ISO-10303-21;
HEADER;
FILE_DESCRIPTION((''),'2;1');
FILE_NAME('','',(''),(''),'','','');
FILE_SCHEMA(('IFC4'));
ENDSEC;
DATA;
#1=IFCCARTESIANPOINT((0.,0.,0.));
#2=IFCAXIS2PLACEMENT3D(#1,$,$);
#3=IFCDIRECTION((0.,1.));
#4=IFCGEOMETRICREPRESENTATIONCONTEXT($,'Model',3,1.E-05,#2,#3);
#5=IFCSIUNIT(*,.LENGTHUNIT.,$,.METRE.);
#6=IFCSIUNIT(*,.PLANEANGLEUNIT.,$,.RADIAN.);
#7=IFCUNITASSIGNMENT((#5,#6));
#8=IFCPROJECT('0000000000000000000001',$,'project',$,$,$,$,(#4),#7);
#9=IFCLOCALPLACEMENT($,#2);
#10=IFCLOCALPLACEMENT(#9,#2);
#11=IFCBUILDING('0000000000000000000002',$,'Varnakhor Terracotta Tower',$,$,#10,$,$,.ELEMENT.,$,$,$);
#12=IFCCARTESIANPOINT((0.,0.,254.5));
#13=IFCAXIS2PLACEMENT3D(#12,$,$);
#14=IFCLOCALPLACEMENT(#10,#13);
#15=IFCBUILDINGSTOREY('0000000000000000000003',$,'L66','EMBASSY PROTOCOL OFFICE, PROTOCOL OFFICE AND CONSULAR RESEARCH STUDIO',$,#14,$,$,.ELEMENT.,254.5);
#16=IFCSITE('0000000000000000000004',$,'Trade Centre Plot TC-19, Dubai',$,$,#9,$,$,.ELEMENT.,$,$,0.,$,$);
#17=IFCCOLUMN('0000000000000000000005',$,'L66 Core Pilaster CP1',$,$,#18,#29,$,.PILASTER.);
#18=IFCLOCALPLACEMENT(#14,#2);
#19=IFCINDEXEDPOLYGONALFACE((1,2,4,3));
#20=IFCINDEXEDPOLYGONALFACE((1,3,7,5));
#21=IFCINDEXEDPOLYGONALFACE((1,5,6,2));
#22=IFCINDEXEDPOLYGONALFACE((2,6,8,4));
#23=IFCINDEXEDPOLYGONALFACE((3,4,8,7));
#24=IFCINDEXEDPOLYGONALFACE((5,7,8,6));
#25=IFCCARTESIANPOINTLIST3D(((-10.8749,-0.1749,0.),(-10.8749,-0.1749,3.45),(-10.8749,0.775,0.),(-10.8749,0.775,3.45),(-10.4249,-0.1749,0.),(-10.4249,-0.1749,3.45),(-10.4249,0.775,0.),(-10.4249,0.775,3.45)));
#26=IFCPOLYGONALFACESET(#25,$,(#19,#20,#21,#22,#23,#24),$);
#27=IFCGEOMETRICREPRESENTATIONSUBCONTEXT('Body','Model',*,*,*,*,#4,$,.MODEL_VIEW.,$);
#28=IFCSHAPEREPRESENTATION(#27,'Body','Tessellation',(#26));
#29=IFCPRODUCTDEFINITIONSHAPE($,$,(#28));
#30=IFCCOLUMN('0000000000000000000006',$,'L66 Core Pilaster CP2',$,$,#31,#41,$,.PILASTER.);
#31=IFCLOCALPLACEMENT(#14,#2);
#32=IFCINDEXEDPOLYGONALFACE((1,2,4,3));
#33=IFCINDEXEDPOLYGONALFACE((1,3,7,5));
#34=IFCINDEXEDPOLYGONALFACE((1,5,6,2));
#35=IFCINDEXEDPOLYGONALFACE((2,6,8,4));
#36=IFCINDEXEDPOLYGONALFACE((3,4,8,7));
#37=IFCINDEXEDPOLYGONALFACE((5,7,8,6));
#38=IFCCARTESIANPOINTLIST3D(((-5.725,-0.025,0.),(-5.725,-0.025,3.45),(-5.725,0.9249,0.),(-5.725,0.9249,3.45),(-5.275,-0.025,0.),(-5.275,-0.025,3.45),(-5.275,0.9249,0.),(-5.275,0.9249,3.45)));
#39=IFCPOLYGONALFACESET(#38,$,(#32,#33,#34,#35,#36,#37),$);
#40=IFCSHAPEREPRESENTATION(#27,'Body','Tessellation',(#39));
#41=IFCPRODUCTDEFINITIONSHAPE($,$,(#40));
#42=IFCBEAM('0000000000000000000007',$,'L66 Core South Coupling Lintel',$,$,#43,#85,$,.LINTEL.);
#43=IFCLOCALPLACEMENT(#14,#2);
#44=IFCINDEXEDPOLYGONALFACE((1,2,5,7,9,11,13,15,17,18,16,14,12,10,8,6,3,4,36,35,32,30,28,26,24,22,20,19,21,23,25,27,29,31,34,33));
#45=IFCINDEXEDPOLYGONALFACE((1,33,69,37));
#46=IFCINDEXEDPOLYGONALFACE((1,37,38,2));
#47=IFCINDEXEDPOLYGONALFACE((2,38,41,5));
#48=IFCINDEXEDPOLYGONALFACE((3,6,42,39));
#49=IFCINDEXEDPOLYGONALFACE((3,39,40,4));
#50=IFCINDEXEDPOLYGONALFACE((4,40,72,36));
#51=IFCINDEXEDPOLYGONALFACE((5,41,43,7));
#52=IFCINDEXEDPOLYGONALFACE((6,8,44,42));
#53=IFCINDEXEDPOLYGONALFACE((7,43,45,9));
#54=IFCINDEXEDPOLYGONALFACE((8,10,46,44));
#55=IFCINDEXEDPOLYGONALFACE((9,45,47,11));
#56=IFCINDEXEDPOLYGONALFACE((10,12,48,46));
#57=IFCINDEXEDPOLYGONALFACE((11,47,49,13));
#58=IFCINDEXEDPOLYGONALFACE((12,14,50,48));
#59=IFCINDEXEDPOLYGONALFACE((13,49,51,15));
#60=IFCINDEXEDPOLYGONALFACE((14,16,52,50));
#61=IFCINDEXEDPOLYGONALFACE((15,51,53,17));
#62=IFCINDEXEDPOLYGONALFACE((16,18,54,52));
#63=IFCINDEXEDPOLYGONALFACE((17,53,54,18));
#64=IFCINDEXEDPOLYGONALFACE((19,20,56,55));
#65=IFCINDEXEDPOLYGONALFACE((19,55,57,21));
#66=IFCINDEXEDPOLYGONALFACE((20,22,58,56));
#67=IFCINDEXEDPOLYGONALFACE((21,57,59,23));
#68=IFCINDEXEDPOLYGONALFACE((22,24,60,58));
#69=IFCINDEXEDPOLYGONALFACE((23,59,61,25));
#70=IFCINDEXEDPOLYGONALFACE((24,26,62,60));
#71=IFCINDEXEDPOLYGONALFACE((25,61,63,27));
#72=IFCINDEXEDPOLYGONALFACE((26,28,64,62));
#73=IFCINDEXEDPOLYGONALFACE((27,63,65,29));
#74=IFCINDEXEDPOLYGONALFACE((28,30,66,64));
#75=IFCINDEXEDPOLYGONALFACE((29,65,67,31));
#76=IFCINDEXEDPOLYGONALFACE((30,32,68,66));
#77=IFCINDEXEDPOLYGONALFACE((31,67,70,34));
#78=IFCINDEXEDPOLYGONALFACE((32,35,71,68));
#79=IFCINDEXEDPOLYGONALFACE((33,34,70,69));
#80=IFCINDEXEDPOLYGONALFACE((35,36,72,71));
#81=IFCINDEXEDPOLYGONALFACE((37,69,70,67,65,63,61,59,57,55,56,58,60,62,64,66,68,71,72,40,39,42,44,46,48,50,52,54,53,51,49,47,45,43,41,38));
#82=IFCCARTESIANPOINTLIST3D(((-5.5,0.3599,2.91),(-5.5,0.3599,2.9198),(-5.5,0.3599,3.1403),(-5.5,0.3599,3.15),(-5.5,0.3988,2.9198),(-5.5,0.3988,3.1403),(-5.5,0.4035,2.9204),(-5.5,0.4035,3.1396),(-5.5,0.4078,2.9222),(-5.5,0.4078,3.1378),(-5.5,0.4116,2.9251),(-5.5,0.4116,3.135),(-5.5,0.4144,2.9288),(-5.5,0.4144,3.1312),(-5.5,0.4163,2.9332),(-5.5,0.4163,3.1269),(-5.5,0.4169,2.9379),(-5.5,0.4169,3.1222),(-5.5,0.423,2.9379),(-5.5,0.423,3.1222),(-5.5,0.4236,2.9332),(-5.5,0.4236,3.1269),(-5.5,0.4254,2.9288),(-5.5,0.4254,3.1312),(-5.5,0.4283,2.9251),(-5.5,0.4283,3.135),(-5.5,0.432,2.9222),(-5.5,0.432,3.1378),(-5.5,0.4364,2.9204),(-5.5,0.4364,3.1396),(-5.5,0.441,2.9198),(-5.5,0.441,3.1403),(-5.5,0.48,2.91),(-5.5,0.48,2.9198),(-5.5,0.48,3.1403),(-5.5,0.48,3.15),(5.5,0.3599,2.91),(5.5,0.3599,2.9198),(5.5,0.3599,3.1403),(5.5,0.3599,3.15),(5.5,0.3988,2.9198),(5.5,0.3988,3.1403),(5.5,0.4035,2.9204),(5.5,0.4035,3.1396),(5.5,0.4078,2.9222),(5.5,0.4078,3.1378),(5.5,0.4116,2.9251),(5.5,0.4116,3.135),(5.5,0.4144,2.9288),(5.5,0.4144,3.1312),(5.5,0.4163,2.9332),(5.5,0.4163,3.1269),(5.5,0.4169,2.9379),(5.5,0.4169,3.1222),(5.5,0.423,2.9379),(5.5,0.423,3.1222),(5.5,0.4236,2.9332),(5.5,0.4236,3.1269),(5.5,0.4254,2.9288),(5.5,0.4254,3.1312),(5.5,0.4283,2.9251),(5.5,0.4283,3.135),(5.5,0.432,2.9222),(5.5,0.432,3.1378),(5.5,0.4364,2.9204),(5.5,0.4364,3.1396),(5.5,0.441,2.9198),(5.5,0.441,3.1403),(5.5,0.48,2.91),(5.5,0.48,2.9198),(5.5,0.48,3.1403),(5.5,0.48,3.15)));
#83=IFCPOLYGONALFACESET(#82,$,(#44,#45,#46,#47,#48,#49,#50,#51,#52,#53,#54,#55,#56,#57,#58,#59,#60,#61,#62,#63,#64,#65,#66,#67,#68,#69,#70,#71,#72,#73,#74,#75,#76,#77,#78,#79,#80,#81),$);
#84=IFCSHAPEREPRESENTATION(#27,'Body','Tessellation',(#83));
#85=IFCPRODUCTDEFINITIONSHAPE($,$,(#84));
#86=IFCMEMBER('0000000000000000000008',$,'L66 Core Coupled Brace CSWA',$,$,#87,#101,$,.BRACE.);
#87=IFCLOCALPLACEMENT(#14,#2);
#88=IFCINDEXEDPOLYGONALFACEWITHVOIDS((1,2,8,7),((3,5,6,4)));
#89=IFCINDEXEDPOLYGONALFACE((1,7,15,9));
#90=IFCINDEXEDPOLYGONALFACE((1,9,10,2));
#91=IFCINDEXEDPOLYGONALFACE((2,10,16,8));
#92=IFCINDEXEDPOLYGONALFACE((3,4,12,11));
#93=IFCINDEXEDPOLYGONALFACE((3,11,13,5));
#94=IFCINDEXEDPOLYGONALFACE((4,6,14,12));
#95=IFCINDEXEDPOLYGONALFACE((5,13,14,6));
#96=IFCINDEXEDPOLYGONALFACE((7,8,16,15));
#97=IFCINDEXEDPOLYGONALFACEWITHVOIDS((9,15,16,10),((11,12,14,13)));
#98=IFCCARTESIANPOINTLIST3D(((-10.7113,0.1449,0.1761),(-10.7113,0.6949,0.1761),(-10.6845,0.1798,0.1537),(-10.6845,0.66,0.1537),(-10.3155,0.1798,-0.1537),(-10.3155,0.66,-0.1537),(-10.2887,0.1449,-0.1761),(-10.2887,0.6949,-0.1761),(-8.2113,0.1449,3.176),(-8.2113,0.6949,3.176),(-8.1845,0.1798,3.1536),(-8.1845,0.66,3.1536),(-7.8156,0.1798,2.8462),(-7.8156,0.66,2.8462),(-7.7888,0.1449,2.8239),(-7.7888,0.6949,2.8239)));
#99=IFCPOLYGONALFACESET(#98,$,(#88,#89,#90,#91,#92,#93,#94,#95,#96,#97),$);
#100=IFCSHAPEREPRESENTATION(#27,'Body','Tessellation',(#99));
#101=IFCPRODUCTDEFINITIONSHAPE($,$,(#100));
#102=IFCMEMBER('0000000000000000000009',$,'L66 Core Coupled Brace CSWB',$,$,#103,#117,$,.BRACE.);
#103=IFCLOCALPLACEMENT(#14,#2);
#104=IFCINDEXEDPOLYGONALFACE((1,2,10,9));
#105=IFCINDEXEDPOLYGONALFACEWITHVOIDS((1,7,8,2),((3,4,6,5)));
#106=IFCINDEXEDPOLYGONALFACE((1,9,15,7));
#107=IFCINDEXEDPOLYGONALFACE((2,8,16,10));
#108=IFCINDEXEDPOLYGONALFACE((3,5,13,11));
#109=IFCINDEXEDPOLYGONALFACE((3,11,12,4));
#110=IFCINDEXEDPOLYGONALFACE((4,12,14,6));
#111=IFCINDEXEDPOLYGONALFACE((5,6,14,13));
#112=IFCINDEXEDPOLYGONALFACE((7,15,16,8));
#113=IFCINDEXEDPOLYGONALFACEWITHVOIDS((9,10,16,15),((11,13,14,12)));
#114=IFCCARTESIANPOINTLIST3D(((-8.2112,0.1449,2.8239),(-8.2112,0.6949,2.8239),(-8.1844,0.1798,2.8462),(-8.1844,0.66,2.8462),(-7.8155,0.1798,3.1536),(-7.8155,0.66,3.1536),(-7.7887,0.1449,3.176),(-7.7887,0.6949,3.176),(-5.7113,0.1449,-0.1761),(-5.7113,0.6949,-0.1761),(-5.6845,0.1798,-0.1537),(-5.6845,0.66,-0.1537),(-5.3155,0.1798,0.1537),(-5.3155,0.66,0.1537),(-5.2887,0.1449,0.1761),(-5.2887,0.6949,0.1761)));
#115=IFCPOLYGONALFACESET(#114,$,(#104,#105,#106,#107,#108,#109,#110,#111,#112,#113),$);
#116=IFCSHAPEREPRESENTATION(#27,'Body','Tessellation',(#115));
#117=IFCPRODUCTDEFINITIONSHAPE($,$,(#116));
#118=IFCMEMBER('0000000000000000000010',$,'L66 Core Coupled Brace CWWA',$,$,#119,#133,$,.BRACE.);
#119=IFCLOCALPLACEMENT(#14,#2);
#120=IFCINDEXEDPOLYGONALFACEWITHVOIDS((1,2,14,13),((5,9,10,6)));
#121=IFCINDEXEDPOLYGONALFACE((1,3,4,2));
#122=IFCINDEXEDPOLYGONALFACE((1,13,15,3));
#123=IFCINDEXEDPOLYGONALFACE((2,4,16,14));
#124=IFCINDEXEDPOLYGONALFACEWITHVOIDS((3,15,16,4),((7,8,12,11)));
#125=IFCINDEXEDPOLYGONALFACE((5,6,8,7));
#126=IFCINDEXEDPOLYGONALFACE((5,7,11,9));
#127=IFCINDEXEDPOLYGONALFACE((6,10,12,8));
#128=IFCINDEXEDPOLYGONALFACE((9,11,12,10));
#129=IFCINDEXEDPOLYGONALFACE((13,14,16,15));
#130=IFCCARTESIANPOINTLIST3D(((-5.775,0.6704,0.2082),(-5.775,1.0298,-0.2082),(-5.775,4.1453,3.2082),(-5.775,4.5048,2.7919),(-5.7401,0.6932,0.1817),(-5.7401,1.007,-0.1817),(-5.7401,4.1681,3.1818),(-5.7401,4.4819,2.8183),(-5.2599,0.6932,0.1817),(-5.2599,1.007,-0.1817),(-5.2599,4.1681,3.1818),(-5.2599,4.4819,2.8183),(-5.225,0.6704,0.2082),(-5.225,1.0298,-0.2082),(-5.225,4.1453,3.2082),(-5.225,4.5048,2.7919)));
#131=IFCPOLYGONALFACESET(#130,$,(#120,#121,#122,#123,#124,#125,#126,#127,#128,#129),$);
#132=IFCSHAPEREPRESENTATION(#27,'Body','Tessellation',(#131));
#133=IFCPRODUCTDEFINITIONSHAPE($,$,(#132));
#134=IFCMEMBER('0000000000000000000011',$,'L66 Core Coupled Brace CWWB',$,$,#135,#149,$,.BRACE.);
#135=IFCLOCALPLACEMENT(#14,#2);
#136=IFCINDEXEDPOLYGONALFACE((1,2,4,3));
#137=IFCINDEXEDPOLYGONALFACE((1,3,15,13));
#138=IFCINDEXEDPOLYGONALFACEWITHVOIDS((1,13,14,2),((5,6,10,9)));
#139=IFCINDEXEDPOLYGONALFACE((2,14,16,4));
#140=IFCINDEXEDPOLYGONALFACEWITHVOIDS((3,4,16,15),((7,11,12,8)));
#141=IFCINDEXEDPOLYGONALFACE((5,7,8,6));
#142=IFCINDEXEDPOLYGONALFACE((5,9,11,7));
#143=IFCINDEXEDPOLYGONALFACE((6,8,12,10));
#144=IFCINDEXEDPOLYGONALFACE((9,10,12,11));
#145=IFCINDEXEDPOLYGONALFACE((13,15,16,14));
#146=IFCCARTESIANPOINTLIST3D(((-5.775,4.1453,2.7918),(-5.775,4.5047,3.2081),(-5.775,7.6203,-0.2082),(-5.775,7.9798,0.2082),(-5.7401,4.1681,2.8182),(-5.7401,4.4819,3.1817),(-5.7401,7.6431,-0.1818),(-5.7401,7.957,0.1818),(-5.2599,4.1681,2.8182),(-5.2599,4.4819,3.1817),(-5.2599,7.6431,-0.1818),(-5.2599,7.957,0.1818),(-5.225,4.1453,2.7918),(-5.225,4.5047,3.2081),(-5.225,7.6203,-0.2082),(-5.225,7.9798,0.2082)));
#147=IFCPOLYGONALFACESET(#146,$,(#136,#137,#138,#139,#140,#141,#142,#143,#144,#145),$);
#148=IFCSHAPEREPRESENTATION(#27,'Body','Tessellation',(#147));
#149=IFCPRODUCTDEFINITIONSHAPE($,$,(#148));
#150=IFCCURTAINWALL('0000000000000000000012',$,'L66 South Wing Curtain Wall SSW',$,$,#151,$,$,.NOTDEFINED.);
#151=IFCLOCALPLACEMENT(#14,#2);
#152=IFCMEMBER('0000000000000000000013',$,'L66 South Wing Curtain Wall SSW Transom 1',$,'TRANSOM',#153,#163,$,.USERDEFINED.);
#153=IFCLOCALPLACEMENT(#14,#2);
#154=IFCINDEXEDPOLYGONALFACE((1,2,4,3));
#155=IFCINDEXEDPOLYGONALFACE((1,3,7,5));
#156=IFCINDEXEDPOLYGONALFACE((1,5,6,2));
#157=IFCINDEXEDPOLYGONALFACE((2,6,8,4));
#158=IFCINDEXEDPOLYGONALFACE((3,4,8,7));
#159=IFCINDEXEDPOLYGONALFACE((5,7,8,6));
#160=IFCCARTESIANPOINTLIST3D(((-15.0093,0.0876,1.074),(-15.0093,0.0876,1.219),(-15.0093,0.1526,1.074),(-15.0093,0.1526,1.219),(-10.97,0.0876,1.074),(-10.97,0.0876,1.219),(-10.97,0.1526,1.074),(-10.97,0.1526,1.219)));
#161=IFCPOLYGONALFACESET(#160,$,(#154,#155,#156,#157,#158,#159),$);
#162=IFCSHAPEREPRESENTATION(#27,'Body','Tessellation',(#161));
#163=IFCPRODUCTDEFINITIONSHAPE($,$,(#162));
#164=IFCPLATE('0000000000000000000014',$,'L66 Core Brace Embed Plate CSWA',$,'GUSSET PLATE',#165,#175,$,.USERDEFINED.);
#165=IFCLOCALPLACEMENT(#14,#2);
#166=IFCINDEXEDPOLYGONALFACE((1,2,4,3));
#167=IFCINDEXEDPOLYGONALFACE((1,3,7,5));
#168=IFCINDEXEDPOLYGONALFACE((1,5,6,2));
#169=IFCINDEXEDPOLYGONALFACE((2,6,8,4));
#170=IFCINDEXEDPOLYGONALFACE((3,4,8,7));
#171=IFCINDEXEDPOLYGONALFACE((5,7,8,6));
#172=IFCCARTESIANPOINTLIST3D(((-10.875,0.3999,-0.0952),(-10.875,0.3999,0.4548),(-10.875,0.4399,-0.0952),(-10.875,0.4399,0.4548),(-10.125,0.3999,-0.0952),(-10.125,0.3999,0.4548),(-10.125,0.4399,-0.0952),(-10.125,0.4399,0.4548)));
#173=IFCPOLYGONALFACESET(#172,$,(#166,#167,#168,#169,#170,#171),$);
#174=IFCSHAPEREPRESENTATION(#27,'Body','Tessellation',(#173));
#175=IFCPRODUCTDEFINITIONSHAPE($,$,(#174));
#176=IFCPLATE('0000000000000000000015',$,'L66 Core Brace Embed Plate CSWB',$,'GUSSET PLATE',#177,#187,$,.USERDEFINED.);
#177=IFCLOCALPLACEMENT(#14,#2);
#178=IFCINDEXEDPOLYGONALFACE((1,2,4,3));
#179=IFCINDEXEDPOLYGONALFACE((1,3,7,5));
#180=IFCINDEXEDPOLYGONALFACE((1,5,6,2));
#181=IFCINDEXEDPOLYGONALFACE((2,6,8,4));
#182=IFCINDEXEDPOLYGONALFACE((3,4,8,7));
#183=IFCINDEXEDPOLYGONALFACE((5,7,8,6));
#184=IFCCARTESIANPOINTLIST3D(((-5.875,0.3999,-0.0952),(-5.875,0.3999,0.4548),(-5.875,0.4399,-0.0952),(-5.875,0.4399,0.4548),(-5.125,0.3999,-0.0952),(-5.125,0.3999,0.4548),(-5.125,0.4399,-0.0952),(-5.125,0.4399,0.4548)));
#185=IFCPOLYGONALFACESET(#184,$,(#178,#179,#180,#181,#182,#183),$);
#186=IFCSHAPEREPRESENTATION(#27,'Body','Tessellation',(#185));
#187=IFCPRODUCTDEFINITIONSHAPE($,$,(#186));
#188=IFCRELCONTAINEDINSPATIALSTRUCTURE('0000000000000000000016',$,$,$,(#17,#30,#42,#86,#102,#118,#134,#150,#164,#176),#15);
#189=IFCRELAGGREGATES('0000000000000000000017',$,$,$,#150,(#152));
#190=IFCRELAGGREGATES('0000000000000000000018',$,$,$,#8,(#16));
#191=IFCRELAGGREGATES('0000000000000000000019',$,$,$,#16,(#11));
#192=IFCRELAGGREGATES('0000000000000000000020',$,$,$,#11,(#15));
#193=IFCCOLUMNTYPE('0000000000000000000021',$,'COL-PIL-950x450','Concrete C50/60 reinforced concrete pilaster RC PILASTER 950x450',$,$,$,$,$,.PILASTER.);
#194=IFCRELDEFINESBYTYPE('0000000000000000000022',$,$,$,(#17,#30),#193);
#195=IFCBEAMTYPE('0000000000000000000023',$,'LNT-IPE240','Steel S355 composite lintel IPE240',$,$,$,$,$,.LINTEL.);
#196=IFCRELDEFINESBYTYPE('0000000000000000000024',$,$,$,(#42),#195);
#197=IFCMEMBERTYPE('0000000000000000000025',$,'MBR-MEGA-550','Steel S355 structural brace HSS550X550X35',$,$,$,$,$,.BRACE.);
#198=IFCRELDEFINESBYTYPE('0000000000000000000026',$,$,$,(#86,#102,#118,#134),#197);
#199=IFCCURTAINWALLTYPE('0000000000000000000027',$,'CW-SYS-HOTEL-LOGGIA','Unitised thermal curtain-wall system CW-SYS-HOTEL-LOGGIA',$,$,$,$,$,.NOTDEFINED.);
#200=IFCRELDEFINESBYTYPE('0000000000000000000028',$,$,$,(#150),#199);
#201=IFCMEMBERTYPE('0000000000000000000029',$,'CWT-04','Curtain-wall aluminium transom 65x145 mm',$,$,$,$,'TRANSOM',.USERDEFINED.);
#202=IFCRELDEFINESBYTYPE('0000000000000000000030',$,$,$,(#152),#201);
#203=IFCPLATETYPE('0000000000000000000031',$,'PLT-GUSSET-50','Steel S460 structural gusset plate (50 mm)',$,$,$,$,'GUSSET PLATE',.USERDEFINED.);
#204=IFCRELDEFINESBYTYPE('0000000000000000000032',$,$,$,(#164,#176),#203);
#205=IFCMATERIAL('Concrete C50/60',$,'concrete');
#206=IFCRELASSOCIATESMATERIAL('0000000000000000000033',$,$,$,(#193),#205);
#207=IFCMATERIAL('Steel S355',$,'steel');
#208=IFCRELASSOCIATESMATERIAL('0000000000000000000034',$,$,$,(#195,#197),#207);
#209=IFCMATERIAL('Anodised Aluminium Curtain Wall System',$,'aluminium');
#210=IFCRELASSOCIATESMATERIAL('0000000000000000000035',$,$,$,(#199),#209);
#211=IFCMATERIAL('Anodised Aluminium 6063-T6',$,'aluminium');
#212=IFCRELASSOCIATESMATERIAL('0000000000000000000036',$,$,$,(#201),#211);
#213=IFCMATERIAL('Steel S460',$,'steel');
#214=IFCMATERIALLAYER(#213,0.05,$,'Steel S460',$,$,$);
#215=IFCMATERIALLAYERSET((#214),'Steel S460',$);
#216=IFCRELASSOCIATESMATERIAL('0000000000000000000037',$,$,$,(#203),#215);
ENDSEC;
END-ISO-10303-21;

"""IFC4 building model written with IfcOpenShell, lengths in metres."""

from ifc_helpers import new_model, si_unit, direction, frame, origin, origin_2d, place, context, subcontext, project, spatial, rectangle, hollow_rectangle, i_section, extrude, source, transform, mapped, material, layer, layer_set, material_profile, profile_set, type_object, type_shapes, element, aggregate, save


model = new_model("IFC4")

# Units and contexts
model_context = context("Model", 3, precision=1e-05, world=origin(), true_north=direction((0.0, 1.0)))
body_context = subcontext(model_context, "Body", "Model", "MODEL_VIEW")
ifc_project = project(units=[si_unit("LENGTHUNIT", "METRE"), si_unit("PLANEANGLEUNIT", "RADIAN")], contexts=[model_context])

# Site, building, storey
site_placement = place(None, origin())
site = spatial("IfcSite", under=ifc_project, at=site_placement, Name="Trade Centre Plot TC-19, Dubai", CompositionType="ELEMENT", RefElevation=0.0)
building_placement = place(site_placement, origin())
building = spatial("IfcBuilding", under=site, at=building_placement, Name="Varnakhor Terracotta Tower", CompositionType="ELEMENT")
storey_placement = place(building_placement, frame((0.0, 0.0, 254.5)))
storey = spatial("IfcBuildingStorey", under=building, at=storey_placement, Name="L66", Description="EMBASSY PROTOCOL OFFICE, PROTOCOL OFFICE AND CONSULAR RESEARCH STUDIO", CompositionType="ELEMENT", Elevation=254.5)

# Columns
ifc_material_1 = material(Name="Concrete C50/60", Category="concrete")
ifc_material_profile_1 = material_profile(ifc_material_1, rectangle(XDim=0.45, YDim=0.95, at=origin_2d()), Name="RC PILASTER 950x450")
ifc_profile_set_1 = profile_set([ifc_material_profile_1], Name="Concrete C50/60")
column_type = type_object("IfcColumnType", Name="COL-PIL-950x450", Description="Concrete C50/60 reinforced concrete pilaster RC PILASTER 950x450", PredefinedType="PILASTER", material=ifc_profile_set_1)
shared_shape_1 = source(origin(), body_context, "Body", "SweptSolid", [
    extrude(rectangle(XDim=0.45, YDim=0.95, at=origin_2d()), origin(), (0.0, 0.0, 1.0), 3.45),
])
for number, where, z_axis, x_axis, name in (
    (1, (-10.6499, 0.3, 0.0), (0.0, 0.0, 1.0), (1.0, 0.0, 0.0), "L66 Core Pilaster CP1"),
    (2, (-5.5, 0.45, 0.0), (0.0, 0.0, 1.0), (1.0, 0.0, 0.0), "L66 Core Pilaster CP2"),
):
    element("IfcColumn", number, at=place(storey_placement, frame(where, z_axis=z_axis, x_axis=x_axis)), inside=storey, type_object=column_type, Name=name, PredefinedType="PILASTER", context=body_context, shape_type="MappedRepresentation", body=[
        mapped(shared_shape_1, transform((0.0, 0.0, 0.0), scale=1.0)),
    ])

# Beam
ifc_material_2 = material(Name="Steel S355", Category="steel")
ifc_material_profile_2 = material_profile(ifc_material_2, i_section(OverallWidth=0.1201, OverallDepth=0.24, WebThickness=0.0061, FlangeThickness=0.0098, FilletRadius=0.0181, at=origin_2d()), Name="IPE240")
ifc_profile_set_2 = profile_set([ifc_material_profile_2], Name="Steel S355")
beam_type = type_object("IfcBeamType", Name="LNT-IPE240", Description="Steel S355 composite lintel IPE240", PredefinedType="LINTEL", material=ifc_profile_set_2)
shared_shape_2 = source(origin(), body_context, "Body", "SweptSolid", [
    extrude(i_section(OverallWidth=0.1201, OverallDepth=0.24, WebThickness=0.0061, FlangeThickness=0.0098, FilletRadius=0.0181, at=origin_2d()), origin(), (0.0, 0.0, 1.0), 11.0),
])
type_shapes(beam_type, [shared_shape_2])
beam_placement = place(storey_placement, frame((-5.5, 0.4199, 3.03), z_axis=(1.0, 0.0, 0.0), x_axis=(0.0, 1.0, 0.0)))
element("IfcBeam", 3, at=beam_placement, inside=storey, type_object=beam_type, Name="L66 Core South Coupling Lintel", PredefinedType="LINTEL", context=body_context, shape_type="MappedRepresentation", body=[
    mapped(shared_shape_2, transform((0.0, 0.0, 0.0), scale=1.0)),
])

# Members
ifc_material_profile_3 = material_profile(ifc_material_2, hollow_rectangle(XDim=0.55, YDim=0.55, WallThickness=0.0349, at=origin_2d()), Name="HSS550X550X35")
ifc_profile_set_3 = profile_set([ifc_material_profile_3], Name="Steel S355")
member_type_1 = type_object("IfcMemberType", Name="MBR-MEGA-550", Description="Steel S355 structural brace HSS550X550X35", PredefinedType="BRACE", material=ifc_profile_set_3)
shared_shape_3 = source(origin(), body_context, "Body", "SweptSolid", [
    extrude(hollow_rectangle(XDim=0.55, YDim=0.55, WallThickness=0.0349, at=origin_2d()), origin(), (0.0, 0.0, 1.0), 3.905),
])
for number, where, z_axis, x_axis, name in (
    (4, (-10.5, 0.4199, 0.0), (0.640184, 0.0, 0.768221), (0.0, 1.0, 0.0), "L66 Core Coupled Brace CSWA"),
    (5, (-5.5, 0.4199, 0.0), (-0.640184, 0.0, 0.768221), (0.0, -1.0, 0.0), "L66 Core Coupled Brace CSWB"),
):
    element("IfcMember", number, at=place(storey_placement, frame(where, z_axis=z_axis, x_axis=x_axis)), inside=storey, type_object=member_type_1, Name=name, PredefinedType="BRACE", context=body_context, shape_type="MappedRepresentation", body=[
        mapped(shared_shape_3, transform((0.0, 0.0, 0.0), scale=1.0)),
    ])
shared_shape_4 = source(origin(), body_context, "Body", "SweptSolid", [
    extrude(hollow_rectangle(XDim=0.55, YDim=0.55, WallThickness=0.0349, at=origin_2d()), origin(), (0.0, 0.0, 1.0), 4.5908),
])
for number, where, z_axis, x_axis, name in (
    (6, (-5.5, 0.8501, 0.0), (0.0, 0.756932, 0.653494), (-1.0, 0.0, 0.0), "L66 Core Coupled Brace CWWA"),
    (7, (-5.5, 7.8, 0.0), (0.0, -0.756955, 0.653468), (1.0, 0.0, 0.0), "L66 Core Coupled Brace CWWB"),
):
    element("IfcMember", number, at=place(storey_placement, frame(where, z_axis=z_axis, x_axis=x_axis)), inside=storey, type_object=member_type_1, Name=name, PredefinedType="BRACE", context=body_context, shape_type="MappedRepresentation", body=[
        mapped(shared_shape_4, transform((0.0, 0.0, 0.0), scale=1.0)),
    ])

# Curtain wall, member
ifc_material_3 = material(Name="Anodised Aluminium Curtain Wall System", Category="aluminium")
curtain_wall_type = type_object("IfcCurtainWallType", Name="CW-SYS-HOTEL-LOGGIA", Description="Unitised thermal curtain-wall system CW-SYS-HOTEL-LOGGIA", PredefinedType="NOTDEFINED", material=ifc_material_3)
curtain_wall_placement = place(storey_placement, origin())
curtain_wall = element("IfcCurtainWall", 8, at=curtain_wall_placement, inside=storey, type_object=curtain_wall_type, Name="L66 South Wing Curtain Wall SSW", PredefinedType="NOTDEFINED")
ifc_material_4 = material(Name="Anodised Aluminium 6063-T6", Category="aluminium")
ifc_material_profile_4 = material_profile(ifc_material_4, rectangle(XDim=0.0649, YDim=0.145, at=origin_2d()), Name="ALU TRANSOM 65x145")
ifc_profile_set_4 = profile_set([ifc_material_profile_4], Name="Anodised Aluminium 6063-T6")
member_type_2 = type_object("IfcMemberType", Name="CWT-04", Description="Curtain-wall aluminium transom 65x145 mm", ElementType="TRANSOM", PredefinedType="USERDEFINED", material=ifc_profile_set_4)
shared_shape_5 = source(origin(), body_context, "Body", "SweptSolid", [
    extrude(rectangle(XDim=0.0649, YDim=0.145, at=origin_2d()), origin(), (0.0, 0.0, 1.0), 4.0393),
])
member_placement = place(storey_placement, frame((-10.97, 0.1201, 1.1465), z_axis=(-1.0, 0.0, 0.0), x_axis=(0.0, -1.0, 0.0)))
member = element("IfcMember", 9, at=member_placement, type_object=member_type_2, Name="L66 South Wing Curtain Wall SSW Transom 1", ObjectType="TRANSOM", PredefinedType="USERDEFINED", context=body_context, shape_type="MappedRepresentation", body=[
    mapped(shared_shape_5, transform((0.0, 0.0, 0.0), scale=1.0)),
])
aggregate(curtain_wall, [member])

# Plates
ifc_material_5 = material(Name="Steel S460", Category="steel")
ifc_layer_1 = layer(ifc_material_5, 0.05, Name="Steel S460")
ifc_layer_set_1 = layer_set([ifc_layer_1], Name="Steel S460")
plate_type = type_object("IfcPlateType", Name="PLT-GUSSET-50", Description="Steel S460 structural gusset plate (50 mm)", ElementType="GUSSET PLATE", PredefinedType="USERDEFINED", material=ifc_layer_set_1)
shared_shape_6 = source(origin(), body_context, "Body", "SweptSolid", [
    extrude(rectangle(XDim=0.75, YDim=0.04, at=origin_2d()), origin(), (0.0, 0.0, 1.0), 0.55),
])
type_shapes(plate_type, [shared_shape_6])
for number, where, z_axis, x_axis, name in (
    (10, (-10.5, 0.4199, -0.0952), (0.0, 0.0, 1.0), (1.0, 0.0, 0.0), "L66 Core Brace Embed Plate CSWA"),
    (11, (-5.5, 0.4199, -0.0952), (0.0, 0.0, 1.0), (1.0, 0.0, 0.0), "L66 Core Brace Embed Plate CSWB"),
):
    element("IfcPlate", number, at=place(storey_placement, frame(where, z_axis=z_axis, x_axis=x_axis)), inside=storey, type_object=plate_type, Name=name, ObjectType="GUSSET PLATE", PredefinedType="USERDEFINED", context=body_context, shape_type="MappedRepresentation", body=[
        mapped(shared_shape_6, transform((0.0, 0.0, 0.0), scale=1.0)),
    ])

save(model, "model.ifc")
